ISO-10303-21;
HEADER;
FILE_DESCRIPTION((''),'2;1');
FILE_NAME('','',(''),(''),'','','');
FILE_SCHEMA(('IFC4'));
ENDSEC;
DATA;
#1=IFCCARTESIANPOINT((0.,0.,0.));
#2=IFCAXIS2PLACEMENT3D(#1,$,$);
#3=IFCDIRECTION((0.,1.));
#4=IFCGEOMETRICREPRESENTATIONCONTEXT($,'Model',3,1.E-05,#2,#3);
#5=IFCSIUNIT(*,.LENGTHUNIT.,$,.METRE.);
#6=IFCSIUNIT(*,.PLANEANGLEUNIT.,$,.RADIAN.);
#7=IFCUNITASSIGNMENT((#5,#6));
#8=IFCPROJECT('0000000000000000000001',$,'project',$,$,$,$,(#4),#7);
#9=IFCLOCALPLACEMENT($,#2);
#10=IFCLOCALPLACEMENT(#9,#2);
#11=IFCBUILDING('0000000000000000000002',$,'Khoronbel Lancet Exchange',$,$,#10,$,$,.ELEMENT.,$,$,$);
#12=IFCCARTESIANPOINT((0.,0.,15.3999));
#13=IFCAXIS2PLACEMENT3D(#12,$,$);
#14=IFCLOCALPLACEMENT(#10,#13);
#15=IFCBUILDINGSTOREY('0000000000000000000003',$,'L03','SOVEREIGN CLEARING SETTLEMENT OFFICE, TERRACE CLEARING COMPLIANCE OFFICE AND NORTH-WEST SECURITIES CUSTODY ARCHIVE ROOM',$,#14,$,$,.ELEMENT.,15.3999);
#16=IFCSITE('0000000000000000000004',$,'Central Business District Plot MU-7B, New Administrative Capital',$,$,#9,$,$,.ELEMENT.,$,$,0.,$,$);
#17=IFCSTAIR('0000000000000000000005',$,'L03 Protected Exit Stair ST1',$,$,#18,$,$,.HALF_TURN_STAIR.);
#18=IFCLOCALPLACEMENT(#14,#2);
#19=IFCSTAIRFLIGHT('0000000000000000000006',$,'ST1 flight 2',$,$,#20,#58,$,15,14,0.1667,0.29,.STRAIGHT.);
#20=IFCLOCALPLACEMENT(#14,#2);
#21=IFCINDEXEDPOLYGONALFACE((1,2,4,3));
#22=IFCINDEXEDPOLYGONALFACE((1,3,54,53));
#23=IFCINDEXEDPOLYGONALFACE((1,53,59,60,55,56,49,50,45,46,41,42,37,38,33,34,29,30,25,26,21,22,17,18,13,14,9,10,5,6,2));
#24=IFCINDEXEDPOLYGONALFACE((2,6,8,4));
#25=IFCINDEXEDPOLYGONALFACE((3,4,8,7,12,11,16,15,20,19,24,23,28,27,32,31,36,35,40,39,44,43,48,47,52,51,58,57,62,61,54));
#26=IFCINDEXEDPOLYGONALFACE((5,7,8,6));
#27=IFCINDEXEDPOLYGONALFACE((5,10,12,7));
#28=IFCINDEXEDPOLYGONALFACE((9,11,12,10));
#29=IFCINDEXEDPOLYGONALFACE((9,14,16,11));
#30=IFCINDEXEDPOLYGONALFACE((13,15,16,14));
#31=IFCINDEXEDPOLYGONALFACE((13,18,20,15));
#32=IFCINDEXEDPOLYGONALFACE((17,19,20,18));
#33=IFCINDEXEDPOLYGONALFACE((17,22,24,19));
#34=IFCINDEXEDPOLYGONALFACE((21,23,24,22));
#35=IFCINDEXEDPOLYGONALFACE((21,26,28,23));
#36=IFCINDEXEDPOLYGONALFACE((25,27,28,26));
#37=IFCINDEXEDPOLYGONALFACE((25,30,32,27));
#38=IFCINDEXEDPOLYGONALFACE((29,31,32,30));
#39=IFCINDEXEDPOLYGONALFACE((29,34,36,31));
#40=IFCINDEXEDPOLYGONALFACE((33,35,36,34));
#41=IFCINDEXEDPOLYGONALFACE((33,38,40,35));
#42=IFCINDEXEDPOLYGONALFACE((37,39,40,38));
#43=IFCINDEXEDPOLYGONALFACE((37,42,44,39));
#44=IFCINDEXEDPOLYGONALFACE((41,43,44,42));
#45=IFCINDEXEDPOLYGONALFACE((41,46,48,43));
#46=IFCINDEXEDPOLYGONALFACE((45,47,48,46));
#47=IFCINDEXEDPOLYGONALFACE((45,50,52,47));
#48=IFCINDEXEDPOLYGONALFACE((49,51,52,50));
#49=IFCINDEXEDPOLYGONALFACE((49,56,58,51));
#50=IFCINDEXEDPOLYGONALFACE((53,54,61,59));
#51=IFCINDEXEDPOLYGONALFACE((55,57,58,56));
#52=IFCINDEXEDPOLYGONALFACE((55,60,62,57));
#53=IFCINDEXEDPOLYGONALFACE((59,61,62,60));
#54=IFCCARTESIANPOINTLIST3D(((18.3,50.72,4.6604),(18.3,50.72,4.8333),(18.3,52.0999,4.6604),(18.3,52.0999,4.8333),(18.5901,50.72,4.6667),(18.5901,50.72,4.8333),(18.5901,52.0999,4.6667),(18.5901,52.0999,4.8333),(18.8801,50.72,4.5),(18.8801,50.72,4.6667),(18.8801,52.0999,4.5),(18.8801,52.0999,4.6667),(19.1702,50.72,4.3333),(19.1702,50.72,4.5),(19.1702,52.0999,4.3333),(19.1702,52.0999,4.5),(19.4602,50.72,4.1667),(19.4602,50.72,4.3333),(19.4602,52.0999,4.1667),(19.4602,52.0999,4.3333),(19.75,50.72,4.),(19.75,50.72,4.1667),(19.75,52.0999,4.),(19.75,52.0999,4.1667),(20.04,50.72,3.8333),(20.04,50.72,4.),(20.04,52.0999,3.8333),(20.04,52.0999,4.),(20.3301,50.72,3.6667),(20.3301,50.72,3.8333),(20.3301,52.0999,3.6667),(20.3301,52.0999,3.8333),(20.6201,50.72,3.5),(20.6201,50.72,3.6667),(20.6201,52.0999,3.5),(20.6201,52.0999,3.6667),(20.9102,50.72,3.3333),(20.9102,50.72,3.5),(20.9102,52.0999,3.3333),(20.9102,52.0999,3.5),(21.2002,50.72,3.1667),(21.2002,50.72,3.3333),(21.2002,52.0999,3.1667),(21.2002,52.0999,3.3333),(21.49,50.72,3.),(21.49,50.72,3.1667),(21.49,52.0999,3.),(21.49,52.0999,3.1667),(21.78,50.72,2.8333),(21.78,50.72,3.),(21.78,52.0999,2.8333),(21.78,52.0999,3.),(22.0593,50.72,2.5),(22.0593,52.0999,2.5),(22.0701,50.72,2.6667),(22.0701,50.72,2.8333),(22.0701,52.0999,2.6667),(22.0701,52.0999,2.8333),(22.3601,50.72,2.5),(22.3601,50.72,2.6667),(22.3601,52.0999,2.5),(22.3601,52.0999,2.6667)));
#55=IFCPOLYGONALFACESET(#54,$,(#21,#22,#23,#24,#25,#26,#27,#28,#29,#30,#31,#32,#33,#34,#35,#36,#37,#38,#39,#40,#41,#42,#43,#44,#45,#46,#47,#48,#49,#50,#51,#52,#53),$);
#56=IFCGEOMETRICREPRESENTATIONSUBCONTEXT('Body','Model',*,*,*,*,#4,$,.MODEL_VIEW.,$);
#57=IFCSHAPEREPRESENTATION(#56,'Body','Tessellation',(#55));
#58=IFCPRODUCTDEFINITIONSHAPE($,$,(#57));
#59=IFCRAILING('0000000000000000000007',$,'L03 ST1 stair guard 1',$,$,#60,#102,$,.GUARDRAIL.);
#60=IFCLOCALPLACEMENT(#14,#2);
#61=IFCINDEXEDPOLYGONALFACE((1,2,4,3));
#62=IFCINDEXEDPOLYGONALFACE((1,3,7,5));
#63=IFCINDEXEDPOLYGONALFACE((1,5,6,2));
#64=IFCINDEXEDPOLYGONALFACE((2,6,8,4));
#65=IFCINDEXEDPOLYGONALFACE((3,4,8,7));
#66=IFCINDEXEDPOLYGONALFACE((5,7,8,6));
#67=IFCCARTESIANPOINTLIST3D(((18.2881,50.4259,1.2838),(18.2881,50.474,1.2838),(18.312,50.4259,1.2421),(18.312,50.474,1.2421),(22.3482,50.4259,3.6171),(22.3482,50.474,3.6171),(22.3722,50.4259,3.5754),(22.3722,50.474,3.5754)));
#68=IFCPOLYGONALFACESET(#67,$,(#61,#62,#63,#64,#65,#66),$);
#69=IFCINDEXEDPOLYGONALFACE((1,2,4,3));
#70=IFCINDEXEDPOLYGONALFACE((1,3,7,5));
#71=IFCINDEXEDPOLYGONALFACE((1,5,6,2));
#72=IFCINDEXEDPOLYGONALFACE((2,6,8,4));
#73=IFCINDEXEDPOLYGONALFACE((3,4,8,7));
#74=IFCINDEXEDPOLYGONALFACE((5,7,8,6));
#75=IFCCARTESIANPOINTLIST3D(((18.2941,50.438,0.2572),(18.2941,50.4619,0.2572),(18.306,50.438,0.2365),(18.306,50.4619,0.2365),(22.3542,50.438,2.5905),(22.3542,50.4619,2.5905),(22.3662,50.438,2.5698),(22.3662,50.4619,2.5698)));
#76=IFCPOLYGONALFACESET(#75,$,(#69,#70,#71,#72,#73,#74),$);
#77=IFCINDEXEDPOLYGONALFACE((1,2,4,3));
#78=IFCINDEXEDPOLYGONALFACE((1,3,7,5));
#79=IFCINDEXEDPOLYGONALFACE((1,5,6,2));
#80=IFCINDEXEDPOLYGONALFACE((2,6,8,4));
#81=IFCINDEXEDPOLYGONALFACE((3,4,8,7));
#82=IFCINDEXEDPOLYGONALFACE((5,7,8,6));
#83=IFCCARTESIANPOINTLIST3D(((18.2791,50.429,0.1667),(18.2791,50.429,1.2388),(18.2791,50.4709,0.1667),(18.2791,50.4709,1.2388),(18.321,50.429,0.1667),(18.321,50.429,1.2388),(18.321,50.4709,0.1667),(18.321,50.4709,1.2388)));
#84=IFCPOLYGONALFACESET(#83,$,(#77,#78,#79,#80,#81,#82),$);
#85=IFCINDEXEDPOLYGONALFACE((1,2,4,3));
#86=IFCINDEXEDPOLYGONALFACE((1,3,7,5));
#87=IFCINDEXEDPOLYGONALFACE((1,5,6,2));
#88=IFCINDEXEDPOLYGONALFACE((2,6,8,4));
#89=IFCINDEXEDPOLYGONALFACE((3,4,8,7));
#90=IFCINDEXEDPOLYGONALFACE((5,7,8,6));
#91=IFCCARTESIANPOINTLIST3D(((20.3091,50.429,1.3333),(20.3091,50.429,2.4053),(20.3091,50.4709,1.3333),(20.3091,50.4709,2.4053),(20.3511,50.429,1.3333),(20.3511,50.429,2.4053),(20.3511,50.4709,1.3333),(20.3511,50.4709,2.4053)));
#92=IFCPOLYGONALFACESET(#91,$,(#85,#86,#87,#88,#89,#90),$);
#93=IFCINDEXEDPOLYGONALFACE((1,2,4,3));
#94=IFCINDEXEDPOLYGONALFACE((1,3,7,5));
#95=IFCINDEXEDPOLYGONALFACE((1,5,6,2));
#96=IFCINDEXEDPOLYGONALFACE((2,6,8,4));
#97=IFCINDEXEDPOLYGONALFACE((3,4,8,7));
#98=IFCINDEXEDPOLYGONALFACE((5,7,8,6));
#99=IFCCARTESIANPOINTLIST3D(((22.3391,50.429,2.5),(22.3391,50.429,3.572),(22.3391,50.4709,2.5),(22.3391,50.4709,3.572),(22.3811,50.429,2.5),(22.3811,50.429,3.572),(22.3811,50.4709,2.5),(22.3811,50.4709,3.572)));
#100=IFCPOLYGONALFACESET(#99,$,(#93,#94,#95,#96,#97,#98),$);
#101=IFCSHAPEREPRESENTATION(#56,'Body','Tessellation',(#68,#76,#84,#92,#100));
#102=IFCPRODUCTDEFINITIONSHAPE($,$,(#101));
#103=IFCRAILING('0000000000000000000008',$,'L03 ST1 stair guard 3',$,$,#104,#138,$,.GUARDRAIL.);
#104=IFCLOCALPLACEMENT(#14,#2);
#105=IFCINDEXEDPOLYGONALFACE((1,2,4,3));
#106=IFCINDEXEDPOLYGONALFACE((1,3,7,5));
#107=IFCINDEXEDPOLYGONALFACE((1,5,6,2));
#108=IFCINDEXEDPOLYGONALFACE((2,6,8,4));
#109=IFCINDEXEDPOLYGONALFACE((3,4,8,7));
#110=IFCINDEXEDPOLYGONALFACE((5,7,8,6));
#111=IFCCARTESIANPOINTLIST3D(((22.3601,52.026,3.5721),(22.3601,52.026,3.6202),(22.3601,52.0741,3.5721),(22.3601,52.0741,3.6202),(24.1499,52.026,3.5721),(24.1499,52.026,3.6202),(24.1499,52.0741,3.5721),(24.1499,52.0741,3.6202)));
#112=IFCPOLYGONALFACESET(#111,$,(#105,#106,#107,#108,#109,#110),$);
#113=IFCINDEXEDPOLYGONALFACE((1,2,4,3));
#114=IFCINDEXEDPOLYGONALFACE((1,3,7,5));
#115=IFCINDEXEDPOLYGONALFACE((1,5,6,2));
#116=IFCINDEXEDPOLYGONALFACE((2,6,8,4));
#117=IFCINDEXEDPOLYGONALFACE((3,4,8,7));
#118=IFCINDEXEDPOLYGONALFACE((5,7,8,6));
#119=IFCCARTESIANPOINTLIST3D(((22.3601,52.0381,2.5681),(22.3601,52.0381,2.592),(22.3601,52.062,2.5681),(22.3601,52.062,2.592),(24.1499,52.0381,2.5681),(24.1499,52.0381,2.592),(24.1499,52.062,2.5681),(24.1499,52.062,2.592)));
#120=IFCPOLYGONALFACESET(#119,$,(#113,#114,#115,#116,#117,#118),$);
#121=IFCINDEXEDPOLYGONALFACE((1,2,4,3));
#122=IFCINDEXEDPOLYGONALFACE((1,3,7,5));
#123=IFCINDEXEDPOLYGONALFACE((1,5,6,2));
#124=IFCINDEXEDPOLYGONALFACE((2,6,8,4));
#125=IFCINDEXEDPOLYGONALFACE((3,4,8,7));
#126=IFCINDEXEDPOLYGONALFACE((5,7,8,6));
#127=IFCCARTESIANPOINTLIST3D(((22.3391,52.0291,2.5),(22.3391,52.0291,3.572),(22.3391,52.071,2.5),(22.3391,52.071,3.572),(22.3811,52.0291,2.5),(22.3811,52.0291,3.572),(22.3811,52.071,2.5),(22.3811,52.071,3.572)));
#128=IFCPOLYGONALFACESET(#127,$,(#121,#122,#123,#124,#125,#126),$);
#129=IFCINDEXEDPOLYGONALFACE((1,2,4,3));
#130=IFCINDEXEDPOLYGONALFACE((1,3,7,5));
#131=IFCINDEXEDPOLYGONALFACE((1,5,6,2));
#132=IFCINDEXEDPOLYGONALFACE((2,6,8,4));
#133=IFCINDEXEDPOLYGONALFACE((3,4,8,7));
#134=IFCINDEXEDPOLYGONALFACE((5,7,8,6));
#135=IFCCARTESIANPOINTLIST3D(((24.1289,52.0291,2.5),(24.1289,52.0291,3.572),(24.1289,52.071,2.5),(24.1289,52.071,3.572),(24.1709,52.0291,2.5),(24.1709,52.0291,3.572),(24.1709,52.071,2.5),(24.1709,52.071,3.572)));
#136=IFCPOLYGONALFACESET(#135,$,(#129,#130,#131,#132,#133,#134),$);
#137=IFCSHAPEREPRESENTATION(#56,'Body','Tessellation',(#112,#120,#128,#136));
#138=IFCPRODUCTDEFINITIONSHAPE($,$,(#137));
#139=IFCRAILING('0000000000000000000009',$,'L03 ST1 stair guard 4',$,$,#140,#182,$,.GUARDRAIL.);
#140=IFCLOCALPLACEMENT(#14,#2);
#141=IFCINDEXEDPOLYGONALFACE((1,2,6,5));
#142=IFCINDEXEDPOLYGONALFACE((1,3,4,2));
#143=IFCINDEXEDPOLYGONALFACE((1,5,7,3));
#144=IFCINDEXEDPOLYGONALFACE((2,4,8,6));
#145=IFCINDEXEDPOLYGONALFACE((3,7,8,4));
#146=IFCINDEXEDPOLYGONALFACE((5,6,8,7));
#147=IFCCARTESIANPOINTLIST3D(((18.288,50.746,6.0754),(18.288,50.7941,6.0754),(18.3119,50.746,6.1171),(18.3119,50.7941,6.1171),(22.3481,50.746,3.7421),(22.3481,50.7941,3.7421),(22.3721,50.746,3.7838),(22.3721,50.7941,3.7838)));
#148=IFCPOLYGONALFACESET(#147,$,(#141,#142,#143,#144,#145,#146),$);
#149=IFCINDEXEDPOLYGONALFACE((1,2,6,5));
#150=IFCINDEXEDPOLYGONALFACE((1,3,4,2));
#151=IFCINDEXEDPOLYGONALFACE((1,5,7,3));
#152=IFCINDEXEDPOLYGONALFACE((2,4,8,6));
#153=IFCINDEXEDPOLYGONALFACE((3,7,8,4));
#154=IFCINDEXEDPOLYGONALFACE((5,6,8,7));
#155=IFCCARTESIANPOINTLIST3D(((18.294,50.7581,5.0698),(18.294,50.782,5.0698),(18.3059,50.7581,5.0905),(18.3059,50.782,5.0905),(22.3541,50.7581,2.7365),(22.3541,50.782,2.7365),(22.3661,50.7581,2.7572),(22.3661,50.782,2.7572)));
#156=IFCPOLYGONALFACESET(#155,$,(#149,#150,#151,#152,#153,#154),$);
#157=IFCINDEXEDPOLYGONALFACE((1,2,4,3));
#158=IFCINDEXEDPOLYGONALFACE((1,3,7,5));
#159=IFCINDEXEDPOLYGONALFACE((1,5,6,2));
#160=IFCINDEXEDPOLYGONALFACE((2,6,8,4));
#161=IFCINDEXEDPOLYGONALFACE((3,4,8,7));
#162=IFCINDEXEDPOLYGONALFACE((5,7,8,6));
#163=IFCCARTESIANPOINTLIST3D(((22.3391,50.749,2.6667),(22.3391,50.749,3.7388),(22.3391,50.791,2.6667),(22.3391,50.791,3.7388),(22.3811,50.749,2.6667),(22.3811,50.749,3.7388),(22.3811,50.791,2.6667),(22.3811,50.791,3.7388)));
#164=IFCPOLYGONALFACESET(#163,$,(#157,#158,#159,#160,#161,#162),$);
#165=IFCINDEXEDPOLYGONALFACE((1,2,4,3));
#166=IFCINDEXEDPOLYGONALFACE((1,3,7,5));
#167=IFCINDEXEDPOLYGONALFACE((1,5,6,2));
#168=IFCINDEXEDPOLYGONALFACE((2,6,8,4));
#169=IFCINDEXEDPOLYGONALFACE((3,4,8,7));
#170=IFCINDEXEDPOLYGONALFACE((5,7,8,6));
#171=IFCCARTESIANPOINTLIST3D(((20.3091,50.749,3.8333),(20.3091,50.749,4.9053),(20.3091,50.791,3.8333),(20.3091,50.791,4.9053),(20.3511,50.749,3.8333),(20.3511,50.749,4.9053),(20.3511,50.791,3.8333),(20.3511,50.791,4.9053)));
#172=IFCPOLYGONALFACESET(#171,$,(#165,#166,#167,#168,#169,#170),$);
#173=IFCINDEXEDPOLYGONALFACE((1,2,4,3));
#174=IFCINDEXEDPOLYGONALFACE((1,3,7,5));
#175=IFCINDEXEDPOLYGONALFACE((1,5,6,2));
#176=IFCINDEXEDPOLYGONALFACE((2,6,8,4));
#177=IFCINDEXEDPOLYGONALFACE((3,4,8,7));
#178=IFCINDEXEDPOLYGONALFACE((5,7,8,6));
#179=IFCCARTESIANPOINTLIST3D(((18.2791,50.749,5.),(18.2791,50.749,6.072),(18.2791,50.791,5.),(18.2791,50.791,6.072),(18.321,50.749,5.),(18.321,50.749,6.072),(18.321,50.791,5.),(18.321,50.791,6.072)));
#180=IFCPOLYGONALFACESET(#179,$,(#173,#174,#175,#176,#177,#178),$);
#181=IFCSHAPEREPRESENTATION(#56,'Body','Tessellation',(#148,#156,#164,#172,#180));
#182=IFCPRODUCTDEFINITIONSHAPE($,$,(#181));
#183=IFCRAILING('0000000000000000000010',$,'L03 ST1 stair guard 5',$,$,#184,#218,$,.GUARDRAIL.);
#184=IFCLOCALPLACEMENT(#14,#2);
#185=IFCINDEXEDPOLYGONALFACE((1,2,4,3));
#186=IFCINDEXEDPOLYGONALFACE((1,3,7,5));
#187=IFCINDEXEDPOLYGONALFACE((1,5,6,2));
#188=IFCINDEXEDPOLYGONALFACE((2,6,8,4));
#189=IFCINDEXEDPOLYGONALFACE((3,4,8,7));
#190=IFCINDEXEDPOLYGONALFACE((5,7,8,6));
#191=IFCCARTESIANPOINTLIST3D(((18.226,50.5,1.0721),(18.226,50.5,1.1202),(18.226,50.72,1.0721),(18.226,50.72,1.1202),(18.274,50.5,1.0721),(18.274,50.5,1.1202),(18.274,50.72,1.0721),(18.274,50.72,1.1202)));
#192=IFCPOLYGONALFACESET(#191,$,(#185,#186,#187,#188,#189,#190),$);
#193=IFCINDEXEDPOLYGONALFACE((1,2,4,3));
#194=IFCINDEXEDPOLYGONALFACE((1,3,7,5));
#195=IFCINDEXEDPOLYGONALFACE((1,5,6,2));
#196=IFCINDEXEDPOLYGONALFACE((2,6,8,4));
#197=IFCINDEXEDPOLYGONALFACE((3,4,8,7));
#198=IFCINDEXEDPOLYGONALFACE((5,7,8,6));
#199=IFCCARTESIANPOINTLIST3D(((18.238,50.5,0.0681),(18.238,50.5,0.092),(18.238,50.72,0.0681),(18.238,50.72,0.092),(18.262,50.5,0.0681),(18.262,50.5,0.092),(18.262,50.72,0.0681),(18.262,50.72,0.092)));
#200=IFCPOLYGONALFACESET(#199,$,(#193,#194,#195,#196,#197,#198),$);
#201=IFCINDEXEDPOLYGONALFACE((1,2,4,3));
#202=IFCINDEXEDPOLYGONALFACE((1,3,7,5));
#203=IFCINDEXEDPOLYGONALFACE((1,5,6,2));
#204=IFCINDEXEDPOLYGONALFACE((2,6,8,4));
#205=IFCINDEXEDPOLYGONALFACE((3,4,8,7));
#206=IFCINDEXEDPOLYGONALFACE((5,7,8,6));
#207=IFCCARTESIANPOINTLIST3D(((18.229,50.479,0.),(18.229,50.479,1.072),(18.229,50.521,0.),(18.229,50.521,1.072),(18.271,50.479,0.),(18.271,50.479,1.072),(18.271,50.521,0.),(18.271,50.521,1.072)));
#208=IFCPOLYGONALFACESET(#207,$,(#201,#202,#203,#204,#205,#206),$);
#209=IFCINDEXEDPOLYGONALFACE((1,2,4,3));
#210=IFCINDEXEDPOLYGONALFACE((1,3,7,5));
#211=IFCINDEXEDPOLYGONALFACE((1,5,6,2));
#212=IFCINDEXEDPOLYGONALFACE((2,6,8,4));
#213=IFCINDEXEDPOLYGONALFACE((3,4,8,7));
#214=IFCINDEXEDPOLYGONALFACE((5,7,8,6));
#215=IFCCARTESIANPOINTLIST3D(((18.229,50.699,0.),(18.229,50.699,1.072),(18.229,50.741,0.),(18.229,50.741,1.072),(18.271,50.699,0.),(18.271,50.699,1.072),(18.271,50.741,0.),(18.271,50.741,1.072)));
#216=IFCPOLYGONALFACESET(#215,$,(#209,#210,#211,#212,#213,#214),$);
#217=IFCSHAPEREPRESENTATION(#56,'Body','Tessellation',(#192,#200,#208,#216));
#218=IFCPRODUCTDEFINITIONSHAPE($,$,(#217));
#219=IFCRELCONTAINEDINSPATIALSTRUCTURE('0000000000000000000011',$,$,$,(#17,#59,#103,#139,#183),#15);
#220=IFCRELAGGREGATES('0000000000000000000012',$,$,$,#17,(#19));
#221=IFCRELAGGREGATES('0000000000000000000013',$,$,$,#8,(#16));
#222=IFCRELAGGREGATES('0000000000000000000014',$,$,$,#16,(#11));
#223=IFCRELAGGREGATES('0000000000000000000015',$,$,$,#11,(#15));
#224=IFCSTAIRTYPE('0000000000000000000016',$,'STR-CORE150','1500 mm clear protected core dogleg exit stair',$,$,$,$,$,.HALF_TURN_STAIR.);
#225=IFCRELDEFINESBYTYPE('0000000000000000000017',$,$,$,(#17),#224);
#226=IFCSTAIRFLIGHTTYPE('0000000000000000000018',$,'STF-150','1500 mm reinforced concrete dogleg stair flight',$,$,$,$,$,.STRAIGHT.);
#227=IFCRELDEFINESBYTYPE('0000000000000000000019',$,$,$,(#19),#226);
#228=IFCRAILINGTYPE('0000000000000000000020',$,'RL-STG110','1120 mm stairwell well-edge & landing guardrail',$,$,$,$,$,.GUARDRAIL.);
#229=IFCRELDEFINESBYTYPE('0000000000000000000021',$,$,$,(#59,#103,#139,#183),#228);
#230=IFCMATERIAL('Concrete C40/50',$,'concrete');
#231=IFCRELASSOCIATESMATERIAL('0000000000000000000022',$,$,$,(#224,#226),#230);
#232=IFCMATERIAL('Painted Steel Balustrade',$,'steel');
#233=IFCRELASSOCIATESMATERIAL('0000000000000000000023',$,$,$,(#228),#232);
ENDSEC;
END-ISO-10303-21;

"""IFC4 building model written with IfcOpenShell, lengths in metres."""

from ifc_helpers import new_model, si_unit, direction, frame, origin, origin_2d, place, context, subcontext, project, spatial, polyline, rectangle, outline, extrude, material, type_object, element, aggregate, save


model = new_model("IFC4")

# Units and contexts
model_context = context("Model", 3, precision=1e-05, world=origin(), true_north=direction((0.0, 1.0)))
body_context = subcontext(model_context, "Body", "Model", "MODEL_VIEW")
ifc_project = project(units=[si_unit("LENGTHUNIT", "METRE"), si_unit("PLANEANGLEUNIT", "RADIAN")], contexts=[model_context])

# Site, building, storey
site_placement = place(None, origin())
site = spatial("IfcSite", under=ifc_project, at=site_placement, Name="Central Business District Plot MU-7B, New Administrative Capital", CompositionType="ELEMENT", RefElevation=0.0)
building_placement = place(site_placement, origin())
building = spatial("IfcBuilding", under=site, at=building_placement, Name="Khoronbel Lancet Exchange", CompositionType="ELEMENT")
storey_placement = place(building_placement, frame((0.0, 0.0, 15.3999)))
storey = spatial("IfcBuildingStorey", under=building, at=storey_placement, Name="L03", Description="SOVEREIGN CLEARING SETTLEMENT OFFICE, TERRACE CLEARING COMPLIANCE OFFICE AND NORTH-WEST SECURITIES CUSTODY ARCHIVE ROOM", CompositionType="ELEMENT", Elevation=15.3999)

# Stair, stair flight
ifc_material_1 = material(Name="Concrete C40/50", Category="concrete")
stair_type = type_object("IfcStairType", Name="STR-CORE150", Description="1500 mm clear protected core dogleg exit stair", PredefinedType="HALF_TURN_STAIR", material=ifc_material_1)
stair_placement = place(storey_placement, origin())
stair = element("IfcStair", 1, at=stair_placement, inside=storey, type_object=stair_type, Name="L03 Protected Exit Stair ST1", PredefinedType="HALF_TURN_STAIR")
stair_flight_type = type_object("IfcStairFlightType", Name="STF-150", Description="1500 mm reinforced concrete dogleg stair flight", PredefinedType="STRAIGHT", material=ifc_material_1)
stair_flight_1_placement = place(storey_placement, frame((22.3601, 51.4099, 2.5), z_axis=(0.0, 0.0, 1.0), x_axis=(-1.0, 0.0, 0.0)))
stair_flight_1 = element("IfcStairFlight", 2, at=stair_flight_1_placement, type_object=stair_flight_type, Name="ST1 flight 2", NumberOfRisers=15, NumberOfTreads=14, PredefinedType="STRAIGHT", RiserHeight=0.1667, TreadLength=0.29, context=body_context, shape_type="SweptSolid", body=[
    extrude(outline(polyline([(0.0, 0.0), (0.0, 0.1667), (0.29, 0.1667), (0.29, 0.3333), (0.5801, 0.3333), (0.5801, 0.5), (0.8701, 0.5), (0.8701, 0.6667), (1.1599, 0.6667), (1.1599, 0.8333), (1.45, 0.8333), (1.45, 1.0), (1.74, 1.0), (1.74, 1.1667), (2.03, 1.1667), (2.03, 1.3333), (2.3201, 1.3333), (2.3201, 1.5), (2.6101, 1.5), (2.6101, 1.6667), (2.8999, 1.6667), (2.8999, 1.8333), (3.1899, 1.8333), (3.1899, 2.0), (3.48, 2.0), (3.48, 2.1667), (3.77, 2.1667), (3.77, 2.3333), (4.0601, 2.3333), (4.0601, 2.5), (4.0601, 2.1604), (0.3008, 0.0), (0.0, 0.0)])), frame((0.0, 0.6899, 0.0), z_axis=(0.0, -1.0, 0.0), x_axis=(1.0, 0.0, 0.0)), (0.0, 0.0, 1.0), 1.3799),
])
aggregate(stair, [stair_flight_1])

# Railings
ifc_material_2 = material(Name="Painted Steel Balustrade", Category="steel")
railing_type_1 = type_object("IfcRailingType", Name="RL-STG110", Description="1120 mm stairwell well-edge & landing guardrail", PredefinedType="GUARDRAIL", material=ifc_material_2)
railing_1_placement = place(storey_placement, frame((18.3, 50.45, 0.1667)))
element("IfcRailing", 3, at=railing_1_placement, inside=storey, type_object=railing_type_1, Name="L03 ST1 stair guard 1", PredefinedType="GUARDRAIL", context=body_context, shape_type="SweptSolid", body=[
    extrude(rectangle(XDim=0.0481, YDim=0.0481, at=origin_2d()), frame((0.0, 0.0, 1.0962), z_axis=(0.867025, 0.0, 0.498265), x_axis=(0.0, 1.0, 0.0)), (0.0, 0.0, 1.0), 4.6829),
    extrude(rectangle(XDim=0.0239, YDim=0.0239, at=origin_2d()), frame((0.0, 0.0, 0.0801), z_axis=(0.867025, 0.0, 0.498265), x_axis=(0.0, 1.0, 0.0)), (0.0, 0.0, 1.0), 4.6829),
    extrude(rectangle(XDim=0.042, YDim=0.042, at=origin_2d()), origin(), (0.0, 0.0, 1.0), 1.072),
    extrude(rectangle(XDim=0.042, YDim=0.042, at=origin_2d()), frame((2.03, 0.0, 1.1665)), (0.0, 0.0, 1.0), 1.072),
    extrude(rectangle(XDim=0.042, YDim=0.042, at=origin_2d()), frame((4.0601, 0.0, 2.3333)), (0.0, 0.0, 1.0), 1.072),
])
railing_2_placement = place(storey_placement, frame((22.3601, 52.05, 2.5)))
element("IfcRailing", 4, at=railing_2_placement, inside=storey, type_object=railing_type_1, Name="L03 ST1 stair guard 3", PredefinedType="GUARDRAIL", context=body_context, shape_type="SweptSolid", body=[
    extrude(rectangle(XDim=0.0481, YDim=0.0481, at=origin_2d()), frame((0.0, 0.0, 1.0962), z_axis=(1.0, 0.0, 0.0), x_axis=(0.0, 1.0, 0.0)), (0.0, 0.0, 1.0), 1.7898),
    extrude(rectangle(XDim=0.0239, YDim=0.0239, at=origin_2d()), frame((0.0, 0.0, 0.0801), z_axis=(1.0, 0.0, 0.0), x_axis=(0.0, 1.0, 0.0)), (0.0, 0.0, 1.0), 1.7898),
    extrude(rectangle(XDim=0.042, YDim=0.042, at=origin_2d()), origin(), (0.0, 0.0, 1.0), 1.072),
    extrude(rectangle(XDim=0.042, YDim=0.042, at=origin_2d()), frame((1.7898, 0.0, 0.0)), (0.0, 0.0, 1.0), 1.072),
])
railing_3_placement = place(storey_placement, frame((22.3601, 50.77, 2.6667)))
element("IfcRailing", 5, at=railing_3_placement, inside=storey, type_object=railing_type_1, Name="L03 ST1 stair guard 4", PredefinedType="GUARDRAIL", context=body_context, shape_type="SweptSolid", body=[
    extrude(rectangle(XDim=0.0481, YDim=0.0481, at=origin_2d()), frame((0.0, 0.0, 1.0962), z_axis=(-0.867025, 0.0, 0.498265), x_axis=(0.0, -1.0, 0.0)), (0.0, 0.0, 1.0), 4.6829),
    extrude(rectangle(XDim=0.0239, YDim=0.0239, at=origin_2d()), frame((0.0, 0.0, 0.0801), z_axis=(-0.867025, 0.0, 0.498265), x_axis=(0.0, -1.0, 0.0)), (0.0, 0.0, 1.0), 4.6829),
    extrude(rectangle(XDim=0.042, YDim=0.042, at=origin_2d()), origin(), (0.0, 0.0, 1.0), 1.072),
    extrude(rectangle(XDim=0.042, YDim=0.042, at=origin_2d()), frame((-2.03, 0.0, 1.1665)), (0.0, 0.0, 1.0), 1.072),
    extrude(rectangle(XDim=0.042, YDim=0.042, at=origin_2d()), frame((-4.0601, 0.0, 2.3333)), (0.0, 0.0, 1.0), 1.072),
])
railing_4_placement = place(storey_placement, frame((18.25, 50.5, 0.0)))
element("IfcRailing", 6, at=railing_4_placement, inside=storey, type_object=railing_type_1, Name="L03 ST1 stair guard 5", PredefinedType="GUARDRAIL", context=body_context, shape_type="SweptSolid", body=[
    extrude(rectangle(XDim=0.0481, YDim=0.0481, at=origin_2d()), frame((0.0, 0.0, 1.0962), z_axis=(0.0, 1.0, 0.0), x_axis=(-1.0, 0.0, 0.0)), (0.0, 0.0, 1.0), 0.22),
    extrude(rectangle(XDim=0.0239, YDim=0.0239, at=origin_2d()), frame((0.0, 0.0, 0.0801), z_axis=(0.0, 1.0, 0.0), x_axis=(-1.0, 0.0, 0.0)), (0.0, 0.0, 1.0), 0.22),
    extrude(rectangle(XDim=0.042, YDim=0.042, at=origin_2d()), origin(), (0.0, 0.0, 1.0), 1.072),
    extrude(rectangle(XDim=0.042, YDim=0.042, at=origin_2d()), frame((0.0, 0.22, 0.0)), (0.0, 0.0, 1.0), 1.072),
])

save(model, "model.ifc")
